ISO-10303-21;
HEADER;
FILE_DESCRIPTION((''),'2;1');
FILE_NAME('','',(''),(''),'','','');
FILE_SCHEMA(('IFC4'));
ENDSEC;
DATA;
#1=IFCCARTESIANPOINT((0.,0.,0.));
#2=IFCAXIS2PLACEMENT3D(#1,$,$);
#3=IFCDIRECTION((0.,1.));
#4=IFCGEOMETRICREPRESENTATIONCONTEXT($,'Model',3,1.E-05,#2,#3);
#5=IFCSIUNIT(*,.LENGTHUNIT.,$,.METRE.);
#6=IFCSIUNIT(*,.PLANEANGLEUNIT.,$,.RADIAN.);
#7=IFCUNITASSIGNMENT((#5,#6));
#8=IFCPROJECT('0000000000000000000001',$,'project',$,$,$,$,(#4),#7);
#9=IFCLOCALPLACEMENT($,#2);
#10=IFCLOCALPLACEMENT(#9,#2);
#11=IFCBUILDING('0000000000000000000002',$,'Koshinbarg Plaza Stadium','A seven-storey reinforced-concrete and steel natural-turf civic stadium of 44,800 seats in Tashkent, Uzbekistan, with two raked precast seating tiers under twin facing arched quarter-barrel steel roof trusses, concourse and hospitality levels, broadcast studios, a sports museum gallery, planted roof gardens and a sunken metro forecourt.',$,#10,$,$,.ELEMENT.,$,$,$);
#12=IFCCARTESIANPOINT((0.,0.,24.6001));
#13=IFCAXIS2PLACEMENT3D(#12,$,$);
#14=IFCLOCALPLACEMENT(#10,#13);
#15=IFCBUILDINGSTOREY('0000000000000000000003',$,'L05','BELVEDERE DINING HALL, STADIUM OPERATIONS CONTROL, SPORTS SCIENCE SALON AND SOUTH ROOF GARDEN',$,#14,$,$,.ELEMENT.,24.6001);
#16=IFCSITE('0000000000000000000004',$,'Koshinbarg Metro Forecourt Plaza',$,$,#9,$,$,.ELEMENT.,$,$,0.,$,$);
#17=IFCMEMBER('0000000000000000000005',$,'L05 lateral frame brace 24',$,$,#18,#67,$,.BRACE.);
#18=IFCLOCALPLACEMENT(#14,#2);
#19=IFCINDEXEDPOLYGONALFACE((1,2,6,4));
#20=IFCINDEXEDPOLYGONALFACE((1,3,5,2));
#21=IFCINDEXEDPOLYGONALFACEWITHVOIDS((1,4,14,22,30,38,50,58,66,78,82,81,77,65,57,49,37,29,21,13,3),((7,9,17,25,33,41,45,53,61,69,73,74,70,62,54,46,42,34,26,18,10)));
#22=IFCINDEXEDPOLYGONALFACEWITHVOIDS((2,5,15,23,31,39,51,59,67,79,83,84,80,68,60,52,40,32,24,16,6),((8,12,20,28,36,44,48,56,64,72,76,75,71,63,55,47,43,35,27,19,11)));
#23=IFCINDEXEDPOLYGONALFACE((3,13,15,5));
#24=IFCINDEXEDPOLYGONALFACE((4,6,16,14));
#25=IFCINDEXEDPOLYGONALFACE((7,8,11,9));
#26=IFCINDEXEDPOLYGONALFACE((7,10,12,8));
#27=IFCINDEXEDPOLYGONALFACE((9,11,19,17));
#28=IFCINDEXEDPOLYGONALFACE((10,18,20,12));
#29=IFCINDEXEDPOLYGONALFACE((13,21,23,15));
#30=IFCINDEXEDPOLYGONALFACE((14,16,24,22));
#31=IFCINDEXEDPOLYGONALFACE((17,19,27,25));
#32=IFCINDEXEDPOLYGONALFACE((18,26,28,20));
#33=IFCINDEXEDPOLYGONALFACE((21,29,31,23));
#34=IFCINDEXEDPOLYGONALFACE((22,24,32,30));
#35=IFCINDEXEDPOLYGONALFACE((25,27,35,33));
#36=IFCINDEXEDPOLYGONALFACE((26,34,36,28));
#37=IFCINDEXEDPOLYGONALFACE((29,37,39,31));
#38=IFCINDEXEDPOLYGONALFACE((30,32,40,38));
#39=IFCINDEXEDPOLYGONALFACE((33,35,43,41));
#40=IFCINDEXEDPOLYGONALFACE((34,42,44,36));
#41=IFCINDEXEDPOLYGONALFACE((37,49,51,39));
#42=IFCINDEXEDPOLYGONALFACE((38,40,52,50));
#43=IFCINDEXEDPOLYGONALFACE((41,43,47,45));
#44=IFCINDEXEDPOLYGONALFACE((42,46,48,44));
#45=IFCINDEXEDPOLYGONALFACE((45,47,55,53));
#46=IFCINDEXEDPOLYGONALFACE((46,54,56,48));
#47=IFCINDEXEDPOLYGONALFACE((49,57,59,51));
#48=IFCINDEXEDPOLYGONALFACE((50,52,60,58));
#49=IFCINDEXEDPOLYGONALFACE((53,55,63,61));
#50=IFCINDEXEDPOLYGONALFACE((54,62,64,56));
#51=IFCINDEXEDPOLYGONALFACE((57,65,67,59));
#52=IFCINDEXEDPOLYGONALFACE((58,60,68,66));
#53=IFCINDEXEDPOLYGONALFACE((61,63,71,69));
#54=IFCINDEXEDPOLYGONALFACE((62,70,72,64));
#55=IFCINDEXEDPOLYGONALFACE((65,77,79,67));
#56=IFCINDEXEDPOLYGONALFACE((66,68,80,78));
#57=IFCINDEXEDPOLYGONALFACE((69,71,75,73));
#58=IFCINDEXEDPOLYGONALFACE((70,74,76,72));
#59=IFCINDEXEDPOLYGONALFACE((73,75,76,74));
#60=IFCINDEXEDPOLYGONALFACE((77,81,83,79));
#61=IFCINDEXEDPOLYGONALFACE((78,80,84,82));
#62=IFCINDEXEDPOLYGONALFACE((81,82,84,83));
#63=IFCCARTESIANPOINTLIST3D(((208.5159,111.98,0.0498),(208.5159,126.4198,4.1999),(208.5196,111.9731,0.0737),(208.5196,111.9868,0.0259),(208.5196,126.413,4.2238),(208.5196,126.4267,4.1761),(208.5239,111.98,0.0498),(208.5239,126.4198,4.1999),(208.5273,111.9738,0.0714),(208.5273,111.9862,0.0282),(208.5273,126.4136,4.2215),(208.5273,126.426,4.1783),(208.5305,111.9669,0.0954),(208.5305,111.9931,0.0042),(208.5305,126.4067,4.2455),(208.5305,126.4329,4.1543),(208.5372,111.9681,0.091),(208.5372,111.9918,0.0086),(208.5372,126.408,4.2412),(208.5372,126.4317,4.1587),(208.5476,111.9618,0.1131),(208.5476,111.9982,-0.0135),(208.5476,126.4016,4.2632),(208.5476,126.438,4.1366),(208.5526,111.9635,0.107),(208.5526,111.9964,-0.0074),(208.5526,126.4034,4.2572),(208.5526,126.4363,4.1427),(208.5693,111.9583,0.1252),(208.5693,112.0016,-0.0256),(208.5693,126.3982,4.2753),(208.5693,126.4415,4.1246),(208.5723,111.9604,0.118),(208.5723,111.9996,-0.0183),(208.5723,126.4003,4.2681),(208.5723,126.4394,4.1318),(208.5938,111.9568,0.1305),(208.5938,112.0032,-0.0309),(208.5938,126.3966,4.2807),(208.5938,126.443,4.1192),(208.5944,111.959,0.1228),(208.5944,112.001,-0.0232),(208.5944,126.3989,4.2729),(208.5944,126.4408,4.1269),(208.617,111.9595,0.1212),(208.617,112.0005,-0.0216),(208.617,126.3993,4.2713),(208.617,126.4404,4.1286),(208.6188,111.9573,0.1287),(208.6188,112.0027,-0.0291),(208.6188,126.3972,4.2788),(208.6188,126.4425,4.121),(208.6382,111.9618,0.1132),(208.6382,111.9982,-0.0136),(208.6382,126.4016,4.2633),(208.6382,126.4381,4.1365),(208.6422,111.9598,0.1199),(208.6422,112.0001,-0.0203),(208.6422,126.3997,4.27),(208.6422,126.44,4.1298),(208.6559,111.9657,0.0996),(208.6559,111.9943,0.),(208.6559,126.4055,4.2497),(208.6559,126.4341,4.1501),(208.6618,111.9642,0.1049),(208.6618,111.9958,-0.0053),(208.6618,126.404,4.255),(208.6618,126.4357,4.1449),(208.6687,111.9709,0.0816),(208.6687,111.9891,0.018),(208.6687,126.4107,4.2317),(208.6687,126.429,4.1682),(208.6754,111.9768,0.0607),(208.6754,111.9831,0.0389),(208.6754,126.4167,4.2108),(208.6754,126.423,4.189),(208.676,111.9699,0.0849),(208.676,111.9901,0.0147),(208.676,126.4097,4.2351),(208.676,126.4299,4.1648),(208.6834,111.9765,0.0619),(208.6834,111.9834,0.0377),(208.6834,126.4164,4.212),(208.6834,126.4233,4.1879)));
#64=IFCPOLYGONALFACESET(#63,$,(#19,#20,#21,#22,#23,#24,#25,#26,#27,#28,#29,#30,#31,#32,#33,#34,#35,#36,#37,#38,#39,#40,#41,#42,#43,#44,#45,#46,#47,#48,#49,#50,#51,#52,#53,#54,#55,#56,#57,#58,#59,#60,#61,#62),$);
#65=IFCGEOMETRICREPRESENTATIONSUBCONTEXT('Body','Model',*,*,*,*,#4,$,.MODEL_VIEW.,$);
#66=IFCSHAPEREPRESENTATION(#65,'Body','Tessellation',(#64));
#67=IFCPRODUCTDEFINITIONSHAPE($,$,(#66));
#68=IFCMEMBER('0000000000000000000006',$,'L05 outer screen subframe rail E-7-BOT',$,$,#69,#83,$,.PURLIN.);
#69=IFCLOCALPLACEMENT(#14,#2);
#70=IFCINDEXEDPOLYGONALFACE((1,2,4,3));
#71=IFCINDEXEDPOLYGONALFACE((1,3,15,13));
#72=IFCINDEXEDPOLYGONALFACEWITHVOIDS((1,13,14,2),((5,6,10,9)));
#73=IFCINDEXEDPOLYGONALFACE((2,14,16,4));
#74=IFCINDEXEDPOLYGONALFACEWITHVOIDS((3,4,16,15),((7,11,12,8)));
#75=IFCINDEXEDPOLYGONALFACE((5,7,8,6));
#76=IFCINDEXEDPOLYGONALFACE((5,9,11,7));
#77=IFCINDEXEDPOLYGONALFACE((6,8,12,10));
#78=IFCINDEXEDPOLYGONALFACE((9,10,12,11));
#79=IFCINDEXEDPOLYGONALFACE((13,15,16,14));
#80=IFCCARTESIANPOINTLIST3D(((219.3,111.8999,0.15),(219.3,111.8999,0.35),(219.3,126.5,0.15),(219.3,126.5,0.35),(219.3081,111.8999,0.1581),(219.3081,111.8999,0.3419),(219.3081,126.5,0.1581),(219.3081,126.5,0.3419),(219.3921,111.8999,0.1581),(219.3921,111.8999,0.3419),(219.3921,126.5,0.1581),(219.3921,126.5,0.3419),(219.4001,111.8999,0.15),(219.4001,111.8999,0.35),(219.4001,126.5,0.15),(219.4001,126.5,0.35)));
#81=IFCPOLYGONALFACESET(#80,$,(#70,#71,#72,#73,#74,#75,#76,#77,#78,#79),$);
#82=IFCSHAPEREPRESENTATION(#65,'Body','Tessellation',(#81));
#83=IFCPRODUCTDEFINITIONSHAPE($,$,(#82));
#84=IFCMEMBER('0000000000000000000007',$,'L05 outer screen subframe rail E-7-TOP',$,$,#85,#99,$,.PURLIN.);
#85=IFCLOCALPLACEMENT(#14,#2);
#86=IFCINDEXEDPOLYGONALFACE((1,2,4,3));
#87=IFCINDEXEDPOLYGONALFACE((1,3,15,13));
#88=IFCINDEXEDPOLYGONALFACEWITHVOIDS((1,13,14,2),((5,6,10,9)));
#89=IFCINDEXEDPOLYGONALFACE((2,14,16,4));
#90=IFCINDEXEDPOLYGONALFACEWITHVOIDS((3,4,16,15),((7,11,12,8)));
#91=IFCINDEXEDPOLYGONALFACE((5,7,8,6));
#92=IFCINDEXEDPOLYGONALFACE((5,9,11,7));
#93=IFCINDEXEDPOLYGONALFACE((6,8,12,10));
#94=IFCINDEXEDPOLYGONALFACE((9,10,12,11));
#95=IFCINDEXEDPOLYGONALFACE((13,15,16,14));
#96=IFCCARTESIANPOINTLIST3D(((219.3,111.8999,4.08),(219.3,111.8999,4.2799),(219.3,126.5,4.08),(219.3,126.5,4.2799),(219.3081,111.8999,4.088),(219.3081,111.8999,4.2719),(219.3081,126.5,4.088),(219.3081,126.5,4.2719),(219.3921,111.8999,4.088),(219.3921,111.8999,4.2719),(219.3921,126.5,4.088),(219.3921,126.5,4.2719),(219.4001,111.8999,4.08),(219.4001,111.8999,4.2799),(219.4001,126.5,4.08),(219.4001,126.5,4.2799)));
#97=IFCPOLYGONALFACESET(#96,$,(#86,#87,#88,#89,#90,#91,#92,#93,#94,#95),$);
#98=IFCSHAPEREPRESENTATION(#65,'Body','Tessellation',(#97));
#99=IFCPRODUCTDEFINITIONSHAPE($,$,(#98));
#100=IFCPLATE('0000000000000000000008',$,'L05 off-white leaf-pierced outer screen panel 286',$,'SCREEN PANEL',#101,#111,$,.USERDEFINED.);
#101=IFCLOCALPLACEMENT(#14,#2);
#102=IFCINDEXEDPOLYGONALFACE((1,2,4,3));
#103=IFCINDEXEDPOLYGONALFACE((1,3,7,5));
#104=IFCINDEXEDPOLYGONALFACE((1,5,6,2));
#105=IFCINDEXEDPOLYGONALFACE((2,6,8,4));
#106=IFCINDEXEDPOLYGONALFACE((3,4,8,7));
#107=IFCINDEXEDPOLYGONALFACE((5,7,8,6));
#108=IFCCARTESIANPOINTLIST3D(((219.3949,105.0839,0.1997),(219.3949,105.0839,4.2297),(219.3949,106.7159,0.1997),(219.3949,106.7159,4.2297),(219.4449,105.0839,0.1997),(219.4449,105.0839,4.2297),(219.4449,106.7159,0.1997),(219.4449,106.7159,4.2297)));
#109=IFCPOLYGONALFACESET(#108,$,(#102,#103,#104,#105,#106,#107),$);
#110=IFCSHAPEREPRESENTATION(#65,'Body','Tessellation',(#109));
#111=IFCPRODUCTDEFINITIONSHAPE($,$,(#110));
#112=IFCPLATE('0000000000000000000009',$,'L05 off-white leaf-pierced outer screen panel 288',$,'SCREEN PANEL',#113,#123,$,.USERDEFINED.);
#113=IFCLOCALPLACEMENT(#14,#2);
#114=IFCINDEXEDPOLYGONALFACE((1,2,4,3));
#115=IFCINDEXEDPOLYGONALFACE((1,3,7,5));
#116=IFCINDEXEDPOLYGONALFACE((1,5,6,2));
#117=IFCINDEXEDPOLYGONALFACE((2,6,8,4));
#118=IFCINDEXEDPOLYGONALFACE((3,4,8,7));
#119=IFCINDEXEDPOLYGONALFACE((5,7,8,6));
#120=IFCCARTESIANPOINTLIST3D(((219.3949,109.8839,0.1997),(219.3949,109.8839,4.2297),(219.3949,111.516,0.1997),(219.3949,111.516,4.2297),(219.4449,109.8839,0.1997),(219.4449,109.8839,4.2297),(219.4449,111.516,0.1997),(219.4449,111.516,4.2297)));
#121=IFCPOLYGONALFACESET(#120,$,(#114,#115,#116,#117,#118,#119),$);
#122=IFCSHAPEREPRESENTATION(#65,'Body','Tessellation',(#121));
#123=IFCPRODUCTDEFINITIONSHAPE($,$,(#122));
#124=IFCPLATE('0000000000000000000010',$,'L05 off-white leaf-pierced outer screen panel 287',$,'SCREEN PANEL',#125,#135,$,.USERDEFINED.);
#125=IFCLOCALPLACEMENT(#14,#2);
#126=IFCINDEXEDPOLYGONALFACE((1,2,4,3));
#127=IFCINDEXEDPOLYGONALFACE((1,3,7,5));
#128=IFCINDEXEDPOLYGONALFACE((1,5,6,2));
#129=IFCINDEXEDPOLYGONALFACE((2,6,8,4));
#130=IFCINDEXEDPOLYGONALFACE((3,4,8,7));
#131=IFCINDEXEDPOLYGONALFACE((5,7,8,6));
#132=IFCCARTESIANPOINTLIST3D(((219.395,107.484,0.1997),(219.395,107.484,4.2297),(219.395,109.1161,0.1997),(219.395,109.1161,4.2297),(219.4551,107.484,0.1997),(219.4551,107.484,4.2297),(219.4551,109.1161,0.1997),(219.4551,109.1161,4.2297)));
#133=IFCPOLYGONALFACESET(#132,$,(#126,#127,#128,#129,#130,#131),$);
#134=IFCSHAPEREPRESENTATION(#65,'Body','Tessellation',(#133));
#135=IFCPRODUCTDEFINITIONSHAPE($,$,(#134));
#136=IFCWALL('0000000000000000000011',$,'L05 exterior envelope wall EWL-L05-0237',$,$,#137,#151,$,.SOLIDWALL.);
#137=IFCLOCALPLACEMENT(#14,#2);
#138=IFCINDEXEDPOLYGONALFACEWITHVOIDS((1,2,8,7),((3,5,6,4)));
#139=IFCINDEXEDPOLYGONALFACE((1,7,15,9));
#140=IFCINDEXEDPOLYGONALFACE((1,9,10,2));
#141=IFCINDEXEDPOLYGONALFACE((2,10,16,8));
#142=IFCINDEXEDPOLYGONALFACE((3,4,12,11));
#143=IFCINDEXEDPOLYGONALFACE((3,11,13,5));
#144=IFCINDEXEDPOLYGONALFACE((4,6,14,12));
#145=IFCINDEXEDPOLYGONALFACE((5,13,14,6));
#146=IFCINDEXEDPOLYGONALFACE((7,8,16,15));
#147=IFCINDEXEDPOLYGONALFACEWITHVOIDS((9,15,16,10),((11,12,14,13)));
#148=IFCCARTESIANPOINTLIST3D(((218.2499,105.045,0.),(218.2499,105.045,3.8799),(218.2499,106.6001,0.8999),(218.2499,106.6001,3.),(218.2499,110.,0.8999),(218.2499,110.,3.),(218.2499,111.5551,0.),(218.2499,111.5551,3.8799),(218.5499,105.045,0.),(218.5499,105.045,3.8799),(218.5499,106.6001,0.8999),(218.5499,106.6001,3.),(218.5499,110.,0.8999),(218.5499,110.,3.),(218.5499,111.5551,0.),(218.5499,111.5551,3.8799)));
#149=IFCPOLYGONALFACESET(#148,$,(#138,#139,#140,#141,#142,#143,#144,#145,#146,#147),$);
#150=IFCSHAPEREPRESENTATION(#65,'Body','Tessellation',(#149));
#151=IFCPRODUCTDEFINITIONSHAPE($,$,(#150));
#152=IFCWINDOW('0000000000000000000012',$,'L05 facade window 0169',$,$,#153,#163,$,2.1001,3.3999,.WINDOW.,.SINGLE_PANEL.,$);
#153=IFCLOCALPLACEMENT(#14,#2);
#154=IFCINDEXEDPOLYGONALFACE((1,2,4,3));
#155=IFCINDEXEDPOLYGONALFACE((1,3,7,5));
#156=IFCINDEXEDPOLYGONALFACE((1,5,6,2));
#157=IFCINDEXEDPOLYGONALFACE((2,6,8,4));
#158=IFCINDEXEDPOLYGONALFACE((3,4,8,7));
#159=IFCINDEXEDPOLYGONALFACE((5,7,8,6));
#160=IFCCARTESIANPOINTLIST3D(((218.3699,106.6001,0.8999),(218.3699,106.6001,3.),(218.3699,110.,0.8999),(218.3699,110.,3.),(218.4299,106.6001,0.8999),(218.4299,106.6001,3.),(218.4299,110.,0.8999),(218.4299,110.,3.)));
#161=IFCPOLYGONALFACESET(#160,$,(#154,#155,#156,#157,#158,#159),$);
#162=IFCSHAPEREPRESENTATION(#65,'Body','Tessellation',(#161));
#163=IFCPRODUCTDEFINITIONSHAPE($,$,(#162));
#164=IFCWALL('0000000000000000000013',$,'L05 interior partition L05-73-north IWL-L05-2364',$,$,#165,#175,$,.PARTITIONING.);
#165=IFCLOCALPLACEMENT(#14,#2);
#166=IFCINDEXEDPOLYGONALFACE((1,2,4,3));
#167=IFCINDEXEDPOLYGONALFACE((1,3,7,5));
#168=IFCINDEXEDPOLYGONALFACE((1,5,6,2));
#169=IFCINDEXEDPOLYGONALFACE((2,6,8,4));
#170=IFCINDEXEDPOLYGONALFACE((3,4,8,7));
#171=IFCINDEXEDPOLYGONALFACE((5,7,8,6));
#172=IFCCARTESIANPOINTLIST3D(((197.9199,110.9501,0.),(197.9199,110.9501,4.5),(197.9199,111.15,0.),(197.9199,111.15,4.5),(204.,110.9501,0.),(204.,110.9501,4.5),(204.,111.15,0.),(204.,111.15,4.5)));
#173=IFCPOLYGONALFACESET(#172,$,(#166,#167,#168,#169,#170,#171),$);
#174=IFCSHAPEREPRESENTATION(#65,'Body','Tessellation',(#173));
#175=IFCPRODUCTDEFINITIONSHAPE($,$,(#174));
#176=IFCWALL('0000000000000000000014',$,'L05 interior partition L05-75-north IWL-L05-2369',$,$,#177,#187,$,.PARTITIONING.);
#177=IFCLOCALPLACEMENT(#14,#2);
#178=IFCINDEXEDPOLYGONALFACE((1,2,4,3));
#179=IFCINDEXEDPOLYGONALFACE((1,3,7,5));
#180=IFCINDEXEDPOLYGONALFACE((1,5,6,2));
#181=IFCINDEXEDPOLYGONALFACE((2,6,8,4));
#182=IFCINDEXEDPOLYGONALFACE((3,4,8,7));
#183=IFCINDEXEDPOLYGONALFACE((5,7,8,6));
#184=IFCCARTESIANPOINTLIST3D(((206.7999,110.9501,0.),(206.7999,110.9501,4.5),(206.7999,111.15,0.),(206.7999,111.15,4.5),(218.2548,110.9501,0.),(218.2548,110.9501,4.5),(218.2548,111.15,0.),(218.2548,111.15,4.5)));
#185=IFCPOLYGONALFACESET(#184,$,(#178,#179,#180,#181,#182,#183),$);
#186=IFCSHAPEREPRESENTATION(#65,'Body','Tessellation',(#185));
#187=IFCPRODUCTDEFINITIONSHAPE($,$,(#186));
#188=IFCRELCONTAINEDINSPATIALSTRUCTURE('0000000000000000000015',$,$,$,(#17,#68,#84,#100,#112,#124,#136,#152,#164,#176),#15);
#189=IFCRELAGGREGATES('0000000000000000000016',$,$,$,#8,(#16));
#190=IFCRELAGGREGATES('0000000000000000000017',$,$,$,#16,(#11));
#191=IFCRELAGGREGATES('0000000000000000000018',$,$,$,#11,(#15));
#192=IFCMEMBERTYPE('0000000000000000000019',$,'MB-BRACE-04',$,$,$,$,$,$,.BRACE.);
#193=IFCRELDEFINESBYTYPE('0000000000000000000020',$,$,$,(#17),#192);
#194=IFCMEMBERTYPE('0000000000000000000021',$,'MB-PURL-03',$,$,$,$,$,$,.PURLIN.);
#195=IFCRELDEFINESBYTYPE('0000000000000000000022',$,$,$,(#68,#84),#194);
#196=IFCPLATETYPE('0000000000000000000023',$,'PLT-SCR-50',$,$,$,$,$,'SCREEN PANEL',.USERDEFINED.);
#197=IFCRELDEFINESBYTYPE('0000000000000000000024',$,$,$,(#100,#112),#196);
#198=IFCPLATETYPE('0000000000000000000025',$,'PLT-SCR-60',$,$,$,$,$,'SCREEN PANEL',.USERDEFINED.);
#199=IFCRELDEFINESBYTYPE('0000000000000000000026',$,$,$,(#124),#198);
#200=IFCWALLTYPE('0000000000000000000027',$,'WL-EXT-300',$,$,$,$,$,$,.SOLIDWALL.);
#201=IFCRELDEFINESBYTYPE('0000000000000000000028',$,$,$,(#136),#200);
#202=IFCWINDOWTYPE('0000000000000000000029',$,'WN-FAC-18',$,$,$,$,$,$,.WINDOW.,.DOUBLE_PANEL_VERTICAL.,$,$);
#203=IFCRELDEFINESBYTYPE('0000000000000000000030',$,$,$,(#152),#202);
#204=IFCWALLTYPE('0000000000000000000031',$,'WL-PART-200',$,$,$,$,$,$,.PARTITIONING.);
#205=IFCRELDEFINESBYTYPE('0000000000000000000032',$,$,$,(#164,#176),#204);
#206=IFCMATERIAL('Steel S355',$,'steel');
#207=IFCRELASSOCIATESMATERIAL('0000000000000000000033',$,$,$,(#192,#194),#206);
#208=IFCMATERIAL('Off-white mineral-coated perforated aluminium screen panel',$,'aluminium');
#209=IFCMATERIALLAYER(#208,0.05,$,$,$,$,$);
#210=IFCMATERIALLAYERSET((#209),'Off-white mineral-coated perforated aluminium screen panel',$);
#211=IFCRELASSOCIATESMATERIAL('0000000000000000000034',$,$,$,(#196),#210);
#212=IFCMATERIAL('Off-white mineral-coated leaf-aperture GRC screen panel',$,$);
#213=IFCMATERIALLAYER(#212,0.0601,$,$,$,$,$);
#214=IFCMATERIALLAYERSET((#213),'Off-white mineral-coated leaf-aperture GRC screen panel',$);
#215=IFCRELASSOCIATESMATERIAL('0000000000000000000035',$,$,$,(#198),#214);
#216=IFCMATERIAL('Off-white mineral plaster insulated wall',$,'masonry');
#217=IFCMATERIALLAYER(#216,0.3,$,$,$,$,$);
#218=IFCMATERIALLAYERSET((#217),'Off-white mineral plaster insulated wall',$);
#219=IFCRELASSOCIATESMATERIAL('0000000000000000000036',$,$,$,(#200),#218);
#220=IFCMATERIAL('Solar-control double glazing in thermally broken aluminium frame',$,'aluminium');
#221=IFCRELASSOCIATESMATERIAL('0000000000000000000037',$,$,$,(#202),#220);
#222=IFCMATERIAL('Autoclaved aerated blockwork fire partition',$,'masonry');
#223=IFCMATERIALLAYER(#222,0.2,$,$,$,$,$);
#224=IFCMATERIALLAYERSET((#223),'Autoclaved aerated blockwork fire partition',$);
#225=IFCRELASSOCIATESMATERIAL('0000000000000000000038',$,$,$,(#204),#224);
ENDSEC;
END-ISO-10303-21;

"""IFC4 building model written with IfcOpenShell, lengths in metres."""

from ifc_helpers import new_model, si_unit, direction, frame, frame_2d, origin, origin_2d, place, context, subcontext, project, spatial, rectangle, hollow_rectangle, hollow_circle, extrude, material, layer, layer_set, material_profile, profile_set, type_object, element, fill, save


model = new_model("IFC4")

# Units and contexts
model_context = context("Model", 3, precision=1e-05, world=origin(), true_north=direction((0.0, 1.0)))
body_context = subcontext(model_context, "Body", "Model", "MODEL_VIEW")
ifc_project = project(units=[si_unit("LENGTHUNIT", "METRE"), si_unit("PLANEANGLEUNIT", "RADIAN")], contexts=[model_context])

# Site, building, storey
site_placement = place(None, origin())
site = spatial("IfcSite", under=ifc_project, at=site_placement, Name="Koshinbarg Metro Forecourt Plaza", CompositionType="ELEMENT", RefElevation=0.0)
building_placement = place(site_placement, origin())
building = spatial("IfcBuilding", under=site, at=building_placement, Name="Koshinbarg Plaza Stadium", Description="A seven-storey reinforced-concrete and steel natural-turf civic stadium of 44,800 seats in Tashkent, Uzbekistan, with two raked precast seating tiers under twin facing arched quarter-barrel steel roof trusses, concourse and hospitality levels, broadcast studios, a sports museum gallery, planted roof gardens and a sunken metro forecourt.", CompositionType="ELEMENT")
storey_placement = place(building_placement, frame((0.0, 0.0, 24.6001)))
storey = spatial("IfcBuildingStorey", under=building, at=storey_placement, Name="L05", Description="BELVEDERE DINING HALL, STADIUM OPERATIONS CONTROL, SPORTS SCIENCE SALON AND SOUTH ROOF GARDEN", CompositionType="ELEMENT", Elevation=24.6001)

# Shared definitions
ifc_material_1 = material(Name="Steel S355", Category="steel")

# Members
ifc_material_profile_1 = material_profile(ifc_material_1, hollow_circle(Radius=0.0842, WallThickness=0.0081, at=origin_2d()), Name="CHS 168.3x8")
ifc_profile_set_1 = profile_set([ifc_material_profile_1], Name="Steel S355")
member_type_1 = type_object("IfcMemberType", Name="MB-BRACE-04", PredefinedType="BRACE", material=ifc_profile_set_1)
member_placement = place(storey_placement, frame((208.6001, 111.98, 0.0498), z_axis=(0.0, 0.961093, 0.276225), x_axis=(-1.0, 0.0, 0.0)))
element("IfcMember", 1, at=member_placement, inside=storey, type_object=member_type_1, Name="L05 lateral frame brace 24", PredefinedType="BRACE", context=body_context, shape_type="SweptSolid", body=[
    extrude(hollow_circle(Radius=0.0842, WallThickness=0.0081, at=origin_2d()), origin(), (0.0, 0.0, 1.0), 15.0244),
])
ifc_material_profile_2 = material_profile(ifc_material_1, hollow_rectangle(XDim=0.1001, YDim=0.2, WallThickness=0.0081, at=origin_2d()), Name="RHS 200x100x8")
ifc_profile_set_2 = profile_set([ifc_material_profile_2], Name="Steel S355")
member_type_2 = type_object("IfcMemberType", Name="MB-PURL-03", PredefinedType="PURLIN", material=ifc_profile_set_2)
for number, where, z_axis, x_axis, name in (
    (2, (219.3501, 111.8999, 0.25), (0.0, 1.0, 0.0), (-1.0, 0.0, 0.0), "L05 outer screen subframe rail E-7-BOT"),
    (3, (219.3501, 111.8999, 4.1799), (0.0, 1.0, 0.0), (-1.0, 0.0, 0.0), "L05 outer screen subframe rail E-7-TOP"),
):
    element("IfcMember", number, at=place(storey_placement, frame(where, z_axis=z_axis, x_axis=x_axis)), inside=storey, type_object=member_type_2, Name=name, PredefinedType="PURLIN", context=body_context, shape_type="SweptSolid", body=[
        extrude(hollow_rectangle(XDim=0.1001, YDim=0.2, WallThickness=0.0081, at=origin_2d()), origin(), (0.0, 0.0, 1.0), 14.6001),
    ])

# Plates
ifc_material_2 = material(Name="Off-white mineral-coated perforated aluminium screen panel", Category="aluminium")
ifc_layer_1 = layer(ifc_material_2, 0.05)
ifc_layer_set_1 = layer_set([ifc_layer_1], Name="Off-white mineral-coated perforated aluminium screen panel")
plate_type_1 = type_object("IfcPlateType", Name="PLT-SCR-50", ElementType="SCREEN PANEL", PredefinedType="USERDEFINED", material=ifc_layer_set_1)
for number, where, z_axis, x_axis, name in (
    (4, (219.4199, 105.8999, 0.1997), (0.0, 0.0, 1.0), (1.0, 0.0, 0.0), "L05 off-white leaf-pierced outer screen panel 286"),
    (5, (219.4199, 110.7, 0.1997), (0.0, 0.0, 1.0), (1.0, 0.0, 0.0), "L05 off-white leaf-pierced outer screen panel 288"),
):
    element("IfcPlate", number, at=place(storey_placement, frame(where, z_axis=z_axis, x_axis=x_axis)), inside=storey, type_object=plate_type_1, Name=name, ObjectType="SCREEN PANEL", PredefinedType="USERDEFINED", context=body_context, shape_type="SweptSolid", body=[
        extrude(rectangle(XDim=0.05, YDim=1.6321, at=origin_2d()), origin(), (0.0, 0.0, 1.0), 4.03),
    ])
ifc_material_3 = material(Name="Off-white mineral-coated leaf-aperture GRC screen panel")
ifc_layer_2 = layer(ifc_material_3, 0.0601)
ifc_layer_set_2 = layer_set([ifc_layer_2], Name="Off-white mineral-coated leaf-aperture GRC screen panel")
plate_type_2 = type_object("IfcPlateType", Name="PLT-SCR-60", ElementType="SCREEN PANEL", PredefinedType="USERDEFINED", material=ifc_layer_set_2)
plate_placement = place(storey_placement, frame((219.425, 108.3, 0.1997), z_axis=(0.0, 0.0, 1.0), x_axis=(1.0, 0.0, 0.0)))
element("IfcPlate", 6, at=plate_placement, inside=storey, type_object=plate_type_2, Name="L05 off-white leaf-pierced outer screen panel 287", ObjectType="SCREEN PANEL", PredefinedType="USERDEFINED", context=body_context, shape_type="SweptSolid", body=[
    extrude(rectangle(XDim=0.0601, YDim=1.6321, at=origin_2d()), origin(), (0.0, 0.0, 1.0), 4.03),
])

# Wall, opening, window
ifc_material_4 = material(Name="Off-white mineral plaster insulated wall", Category="masonry")
ifc_layer_3 = layer(ifc_material_4, 0.3)
ifc_layer_set_3 = layer_set([ifc_layer_3], Name="Off-white mineral plaster insulated wall")
wall_type_1 = type_object("IfcWallType", Name="WL-EXT-300", PredefinedType="SOLIDWALL", material=ifc_layer_set_3)
wall_1_placement = place(storey_placement, frame((218.3999, 111.5549, 0.0), z_axis=(0.0, 0.0, 1.0), x_axis=(0.0, -1.0, 0.0)))
wall_1 = element("IfcWall", 7, at=wall_1_placement, inside=storey, type_object=wall_type_1, Name="L05 exterior envelope wall EWL-L05-0237", PredefinedType="SOLIDWALL", context=body_context, shape_type="SweptSolid", body=[
    extrude(rectangle(XDim=6.51, YDim=0.3, at=frame_2d((3.2549, 0.0))), origin(), (0.0, 0.0, 1.0), 3.8799),
])
opening_1_placement = place(wall_1_placement, frame((1.5549, 0.0, 0.8999)))
opening_1 = element("IfcOpeningElement", 8, at=opening_1_placement, cuts=wall_1, PredefinedType="OPENING", context=body_context, shape_type="SweptSolid", body=[
    extrude(rectangle(XDim=3.3999, YDim=2.1001, at=frame_2d((1.7, 1.05))), frame((0.0, 0.1599, 0.0), z_axis=(0.0, -1.0, 0.0), x_axis=(1.0, 0.0, 0.0)), (0.0, 0.0, 1.0), 0.3201),
])
ifc_material_5 = material(Name="Solar-control double glazing in thermally broken aluminium frame", Category="aluminium")
window_type = type_object("IfcWindowType", Name="WN-FAC-18", PartitioningType="DOUBLE_PANEL_VERTICAL", PredefinedType="WINDOW", material=ifc_material_5)
window_placement = place(opening_1_placement, origin())
window = element("IfcWindow", 9, at=window_placement, inside=storey, type_object=window_type, Name="L05 facade window 0169", OverallHeight=2.1001, OverallWidth=3.3999, PartitioningType="SINGLE_PANEL", PredefinedType="WINDOW", context=body_context, shape_type="SweptSolid", body=[
    extrude(rectangle(XDim=3.3999, YDim=2.1001, at=frame_2d((1.7, 1.05))), frame((0.0, 0.03, 0.0), z_axis=(0.0, -1.0, 0.0), x_axis=(1.0, 0.0, 0.0)), (0.0, 0.0, 1.0), 0.0601),
])
fill(opening_1, window)

# Walls
ifc_material_6 = material(Name="Autoclaved aerated blockwork fire partition", Category="masonry")
ifc_layer_4 = layer(ifc_material_6, 0.2)
ifc_layer_set_4 = layer_set([ifc_layer_4], Name="Autoclaved aerated blockwork fire partition")
wall_type_2 = type_object("IfcWallType", Name="WL-PART-200", PredefinedType="PARTITIONING", material=ifc_layer_set_4)
wall_2_placement = place(storey_placement, frame((204.0, 111.05, 0.0), z_axis=(0.0, 0.0, 1.0), x_axis=(-1.0, 0.0, 0.0)))
element("IfcWall", 10, at=wall_2_placement, inside=storey, type_object=wall_type_2, Name="L05 interior partition L05-73-north IWL-L05-2364", PredefinedType="PARTITIONING", context=body_context, shape_type="SweptSolid", body=[
    extrude(rectangle(XDim=6.0801, YDim=0.2, at=frame_2d((3.04, 0.0))), origin(), (0.0, 0.0, 1.0), 4.5),
])
wall_3_placement = place(storey_placement, frame((218.2549, 111.05, 0.0), z_axis=(0.0, 0.0, 1.0), x_axis=(-1.0, 0.0, 0.0)))
element("IfcWall", 11, at=wall_3_placement, inside=storey, type_object=wall_type_2, Name="L05 interior partition L05-75-north IWL-L05-2369", PredefinedType="PARTITIONING", context=body_context, shape_type="SweptSolid", body=[
    extrude(rectangle(XDim=11.4548, YDim=0.2, at=frame_2d((5.7275, 0.0))), origin(), (0.0, 0.0, 1.0), 4.5),
])

save(model, "model.ifc")
